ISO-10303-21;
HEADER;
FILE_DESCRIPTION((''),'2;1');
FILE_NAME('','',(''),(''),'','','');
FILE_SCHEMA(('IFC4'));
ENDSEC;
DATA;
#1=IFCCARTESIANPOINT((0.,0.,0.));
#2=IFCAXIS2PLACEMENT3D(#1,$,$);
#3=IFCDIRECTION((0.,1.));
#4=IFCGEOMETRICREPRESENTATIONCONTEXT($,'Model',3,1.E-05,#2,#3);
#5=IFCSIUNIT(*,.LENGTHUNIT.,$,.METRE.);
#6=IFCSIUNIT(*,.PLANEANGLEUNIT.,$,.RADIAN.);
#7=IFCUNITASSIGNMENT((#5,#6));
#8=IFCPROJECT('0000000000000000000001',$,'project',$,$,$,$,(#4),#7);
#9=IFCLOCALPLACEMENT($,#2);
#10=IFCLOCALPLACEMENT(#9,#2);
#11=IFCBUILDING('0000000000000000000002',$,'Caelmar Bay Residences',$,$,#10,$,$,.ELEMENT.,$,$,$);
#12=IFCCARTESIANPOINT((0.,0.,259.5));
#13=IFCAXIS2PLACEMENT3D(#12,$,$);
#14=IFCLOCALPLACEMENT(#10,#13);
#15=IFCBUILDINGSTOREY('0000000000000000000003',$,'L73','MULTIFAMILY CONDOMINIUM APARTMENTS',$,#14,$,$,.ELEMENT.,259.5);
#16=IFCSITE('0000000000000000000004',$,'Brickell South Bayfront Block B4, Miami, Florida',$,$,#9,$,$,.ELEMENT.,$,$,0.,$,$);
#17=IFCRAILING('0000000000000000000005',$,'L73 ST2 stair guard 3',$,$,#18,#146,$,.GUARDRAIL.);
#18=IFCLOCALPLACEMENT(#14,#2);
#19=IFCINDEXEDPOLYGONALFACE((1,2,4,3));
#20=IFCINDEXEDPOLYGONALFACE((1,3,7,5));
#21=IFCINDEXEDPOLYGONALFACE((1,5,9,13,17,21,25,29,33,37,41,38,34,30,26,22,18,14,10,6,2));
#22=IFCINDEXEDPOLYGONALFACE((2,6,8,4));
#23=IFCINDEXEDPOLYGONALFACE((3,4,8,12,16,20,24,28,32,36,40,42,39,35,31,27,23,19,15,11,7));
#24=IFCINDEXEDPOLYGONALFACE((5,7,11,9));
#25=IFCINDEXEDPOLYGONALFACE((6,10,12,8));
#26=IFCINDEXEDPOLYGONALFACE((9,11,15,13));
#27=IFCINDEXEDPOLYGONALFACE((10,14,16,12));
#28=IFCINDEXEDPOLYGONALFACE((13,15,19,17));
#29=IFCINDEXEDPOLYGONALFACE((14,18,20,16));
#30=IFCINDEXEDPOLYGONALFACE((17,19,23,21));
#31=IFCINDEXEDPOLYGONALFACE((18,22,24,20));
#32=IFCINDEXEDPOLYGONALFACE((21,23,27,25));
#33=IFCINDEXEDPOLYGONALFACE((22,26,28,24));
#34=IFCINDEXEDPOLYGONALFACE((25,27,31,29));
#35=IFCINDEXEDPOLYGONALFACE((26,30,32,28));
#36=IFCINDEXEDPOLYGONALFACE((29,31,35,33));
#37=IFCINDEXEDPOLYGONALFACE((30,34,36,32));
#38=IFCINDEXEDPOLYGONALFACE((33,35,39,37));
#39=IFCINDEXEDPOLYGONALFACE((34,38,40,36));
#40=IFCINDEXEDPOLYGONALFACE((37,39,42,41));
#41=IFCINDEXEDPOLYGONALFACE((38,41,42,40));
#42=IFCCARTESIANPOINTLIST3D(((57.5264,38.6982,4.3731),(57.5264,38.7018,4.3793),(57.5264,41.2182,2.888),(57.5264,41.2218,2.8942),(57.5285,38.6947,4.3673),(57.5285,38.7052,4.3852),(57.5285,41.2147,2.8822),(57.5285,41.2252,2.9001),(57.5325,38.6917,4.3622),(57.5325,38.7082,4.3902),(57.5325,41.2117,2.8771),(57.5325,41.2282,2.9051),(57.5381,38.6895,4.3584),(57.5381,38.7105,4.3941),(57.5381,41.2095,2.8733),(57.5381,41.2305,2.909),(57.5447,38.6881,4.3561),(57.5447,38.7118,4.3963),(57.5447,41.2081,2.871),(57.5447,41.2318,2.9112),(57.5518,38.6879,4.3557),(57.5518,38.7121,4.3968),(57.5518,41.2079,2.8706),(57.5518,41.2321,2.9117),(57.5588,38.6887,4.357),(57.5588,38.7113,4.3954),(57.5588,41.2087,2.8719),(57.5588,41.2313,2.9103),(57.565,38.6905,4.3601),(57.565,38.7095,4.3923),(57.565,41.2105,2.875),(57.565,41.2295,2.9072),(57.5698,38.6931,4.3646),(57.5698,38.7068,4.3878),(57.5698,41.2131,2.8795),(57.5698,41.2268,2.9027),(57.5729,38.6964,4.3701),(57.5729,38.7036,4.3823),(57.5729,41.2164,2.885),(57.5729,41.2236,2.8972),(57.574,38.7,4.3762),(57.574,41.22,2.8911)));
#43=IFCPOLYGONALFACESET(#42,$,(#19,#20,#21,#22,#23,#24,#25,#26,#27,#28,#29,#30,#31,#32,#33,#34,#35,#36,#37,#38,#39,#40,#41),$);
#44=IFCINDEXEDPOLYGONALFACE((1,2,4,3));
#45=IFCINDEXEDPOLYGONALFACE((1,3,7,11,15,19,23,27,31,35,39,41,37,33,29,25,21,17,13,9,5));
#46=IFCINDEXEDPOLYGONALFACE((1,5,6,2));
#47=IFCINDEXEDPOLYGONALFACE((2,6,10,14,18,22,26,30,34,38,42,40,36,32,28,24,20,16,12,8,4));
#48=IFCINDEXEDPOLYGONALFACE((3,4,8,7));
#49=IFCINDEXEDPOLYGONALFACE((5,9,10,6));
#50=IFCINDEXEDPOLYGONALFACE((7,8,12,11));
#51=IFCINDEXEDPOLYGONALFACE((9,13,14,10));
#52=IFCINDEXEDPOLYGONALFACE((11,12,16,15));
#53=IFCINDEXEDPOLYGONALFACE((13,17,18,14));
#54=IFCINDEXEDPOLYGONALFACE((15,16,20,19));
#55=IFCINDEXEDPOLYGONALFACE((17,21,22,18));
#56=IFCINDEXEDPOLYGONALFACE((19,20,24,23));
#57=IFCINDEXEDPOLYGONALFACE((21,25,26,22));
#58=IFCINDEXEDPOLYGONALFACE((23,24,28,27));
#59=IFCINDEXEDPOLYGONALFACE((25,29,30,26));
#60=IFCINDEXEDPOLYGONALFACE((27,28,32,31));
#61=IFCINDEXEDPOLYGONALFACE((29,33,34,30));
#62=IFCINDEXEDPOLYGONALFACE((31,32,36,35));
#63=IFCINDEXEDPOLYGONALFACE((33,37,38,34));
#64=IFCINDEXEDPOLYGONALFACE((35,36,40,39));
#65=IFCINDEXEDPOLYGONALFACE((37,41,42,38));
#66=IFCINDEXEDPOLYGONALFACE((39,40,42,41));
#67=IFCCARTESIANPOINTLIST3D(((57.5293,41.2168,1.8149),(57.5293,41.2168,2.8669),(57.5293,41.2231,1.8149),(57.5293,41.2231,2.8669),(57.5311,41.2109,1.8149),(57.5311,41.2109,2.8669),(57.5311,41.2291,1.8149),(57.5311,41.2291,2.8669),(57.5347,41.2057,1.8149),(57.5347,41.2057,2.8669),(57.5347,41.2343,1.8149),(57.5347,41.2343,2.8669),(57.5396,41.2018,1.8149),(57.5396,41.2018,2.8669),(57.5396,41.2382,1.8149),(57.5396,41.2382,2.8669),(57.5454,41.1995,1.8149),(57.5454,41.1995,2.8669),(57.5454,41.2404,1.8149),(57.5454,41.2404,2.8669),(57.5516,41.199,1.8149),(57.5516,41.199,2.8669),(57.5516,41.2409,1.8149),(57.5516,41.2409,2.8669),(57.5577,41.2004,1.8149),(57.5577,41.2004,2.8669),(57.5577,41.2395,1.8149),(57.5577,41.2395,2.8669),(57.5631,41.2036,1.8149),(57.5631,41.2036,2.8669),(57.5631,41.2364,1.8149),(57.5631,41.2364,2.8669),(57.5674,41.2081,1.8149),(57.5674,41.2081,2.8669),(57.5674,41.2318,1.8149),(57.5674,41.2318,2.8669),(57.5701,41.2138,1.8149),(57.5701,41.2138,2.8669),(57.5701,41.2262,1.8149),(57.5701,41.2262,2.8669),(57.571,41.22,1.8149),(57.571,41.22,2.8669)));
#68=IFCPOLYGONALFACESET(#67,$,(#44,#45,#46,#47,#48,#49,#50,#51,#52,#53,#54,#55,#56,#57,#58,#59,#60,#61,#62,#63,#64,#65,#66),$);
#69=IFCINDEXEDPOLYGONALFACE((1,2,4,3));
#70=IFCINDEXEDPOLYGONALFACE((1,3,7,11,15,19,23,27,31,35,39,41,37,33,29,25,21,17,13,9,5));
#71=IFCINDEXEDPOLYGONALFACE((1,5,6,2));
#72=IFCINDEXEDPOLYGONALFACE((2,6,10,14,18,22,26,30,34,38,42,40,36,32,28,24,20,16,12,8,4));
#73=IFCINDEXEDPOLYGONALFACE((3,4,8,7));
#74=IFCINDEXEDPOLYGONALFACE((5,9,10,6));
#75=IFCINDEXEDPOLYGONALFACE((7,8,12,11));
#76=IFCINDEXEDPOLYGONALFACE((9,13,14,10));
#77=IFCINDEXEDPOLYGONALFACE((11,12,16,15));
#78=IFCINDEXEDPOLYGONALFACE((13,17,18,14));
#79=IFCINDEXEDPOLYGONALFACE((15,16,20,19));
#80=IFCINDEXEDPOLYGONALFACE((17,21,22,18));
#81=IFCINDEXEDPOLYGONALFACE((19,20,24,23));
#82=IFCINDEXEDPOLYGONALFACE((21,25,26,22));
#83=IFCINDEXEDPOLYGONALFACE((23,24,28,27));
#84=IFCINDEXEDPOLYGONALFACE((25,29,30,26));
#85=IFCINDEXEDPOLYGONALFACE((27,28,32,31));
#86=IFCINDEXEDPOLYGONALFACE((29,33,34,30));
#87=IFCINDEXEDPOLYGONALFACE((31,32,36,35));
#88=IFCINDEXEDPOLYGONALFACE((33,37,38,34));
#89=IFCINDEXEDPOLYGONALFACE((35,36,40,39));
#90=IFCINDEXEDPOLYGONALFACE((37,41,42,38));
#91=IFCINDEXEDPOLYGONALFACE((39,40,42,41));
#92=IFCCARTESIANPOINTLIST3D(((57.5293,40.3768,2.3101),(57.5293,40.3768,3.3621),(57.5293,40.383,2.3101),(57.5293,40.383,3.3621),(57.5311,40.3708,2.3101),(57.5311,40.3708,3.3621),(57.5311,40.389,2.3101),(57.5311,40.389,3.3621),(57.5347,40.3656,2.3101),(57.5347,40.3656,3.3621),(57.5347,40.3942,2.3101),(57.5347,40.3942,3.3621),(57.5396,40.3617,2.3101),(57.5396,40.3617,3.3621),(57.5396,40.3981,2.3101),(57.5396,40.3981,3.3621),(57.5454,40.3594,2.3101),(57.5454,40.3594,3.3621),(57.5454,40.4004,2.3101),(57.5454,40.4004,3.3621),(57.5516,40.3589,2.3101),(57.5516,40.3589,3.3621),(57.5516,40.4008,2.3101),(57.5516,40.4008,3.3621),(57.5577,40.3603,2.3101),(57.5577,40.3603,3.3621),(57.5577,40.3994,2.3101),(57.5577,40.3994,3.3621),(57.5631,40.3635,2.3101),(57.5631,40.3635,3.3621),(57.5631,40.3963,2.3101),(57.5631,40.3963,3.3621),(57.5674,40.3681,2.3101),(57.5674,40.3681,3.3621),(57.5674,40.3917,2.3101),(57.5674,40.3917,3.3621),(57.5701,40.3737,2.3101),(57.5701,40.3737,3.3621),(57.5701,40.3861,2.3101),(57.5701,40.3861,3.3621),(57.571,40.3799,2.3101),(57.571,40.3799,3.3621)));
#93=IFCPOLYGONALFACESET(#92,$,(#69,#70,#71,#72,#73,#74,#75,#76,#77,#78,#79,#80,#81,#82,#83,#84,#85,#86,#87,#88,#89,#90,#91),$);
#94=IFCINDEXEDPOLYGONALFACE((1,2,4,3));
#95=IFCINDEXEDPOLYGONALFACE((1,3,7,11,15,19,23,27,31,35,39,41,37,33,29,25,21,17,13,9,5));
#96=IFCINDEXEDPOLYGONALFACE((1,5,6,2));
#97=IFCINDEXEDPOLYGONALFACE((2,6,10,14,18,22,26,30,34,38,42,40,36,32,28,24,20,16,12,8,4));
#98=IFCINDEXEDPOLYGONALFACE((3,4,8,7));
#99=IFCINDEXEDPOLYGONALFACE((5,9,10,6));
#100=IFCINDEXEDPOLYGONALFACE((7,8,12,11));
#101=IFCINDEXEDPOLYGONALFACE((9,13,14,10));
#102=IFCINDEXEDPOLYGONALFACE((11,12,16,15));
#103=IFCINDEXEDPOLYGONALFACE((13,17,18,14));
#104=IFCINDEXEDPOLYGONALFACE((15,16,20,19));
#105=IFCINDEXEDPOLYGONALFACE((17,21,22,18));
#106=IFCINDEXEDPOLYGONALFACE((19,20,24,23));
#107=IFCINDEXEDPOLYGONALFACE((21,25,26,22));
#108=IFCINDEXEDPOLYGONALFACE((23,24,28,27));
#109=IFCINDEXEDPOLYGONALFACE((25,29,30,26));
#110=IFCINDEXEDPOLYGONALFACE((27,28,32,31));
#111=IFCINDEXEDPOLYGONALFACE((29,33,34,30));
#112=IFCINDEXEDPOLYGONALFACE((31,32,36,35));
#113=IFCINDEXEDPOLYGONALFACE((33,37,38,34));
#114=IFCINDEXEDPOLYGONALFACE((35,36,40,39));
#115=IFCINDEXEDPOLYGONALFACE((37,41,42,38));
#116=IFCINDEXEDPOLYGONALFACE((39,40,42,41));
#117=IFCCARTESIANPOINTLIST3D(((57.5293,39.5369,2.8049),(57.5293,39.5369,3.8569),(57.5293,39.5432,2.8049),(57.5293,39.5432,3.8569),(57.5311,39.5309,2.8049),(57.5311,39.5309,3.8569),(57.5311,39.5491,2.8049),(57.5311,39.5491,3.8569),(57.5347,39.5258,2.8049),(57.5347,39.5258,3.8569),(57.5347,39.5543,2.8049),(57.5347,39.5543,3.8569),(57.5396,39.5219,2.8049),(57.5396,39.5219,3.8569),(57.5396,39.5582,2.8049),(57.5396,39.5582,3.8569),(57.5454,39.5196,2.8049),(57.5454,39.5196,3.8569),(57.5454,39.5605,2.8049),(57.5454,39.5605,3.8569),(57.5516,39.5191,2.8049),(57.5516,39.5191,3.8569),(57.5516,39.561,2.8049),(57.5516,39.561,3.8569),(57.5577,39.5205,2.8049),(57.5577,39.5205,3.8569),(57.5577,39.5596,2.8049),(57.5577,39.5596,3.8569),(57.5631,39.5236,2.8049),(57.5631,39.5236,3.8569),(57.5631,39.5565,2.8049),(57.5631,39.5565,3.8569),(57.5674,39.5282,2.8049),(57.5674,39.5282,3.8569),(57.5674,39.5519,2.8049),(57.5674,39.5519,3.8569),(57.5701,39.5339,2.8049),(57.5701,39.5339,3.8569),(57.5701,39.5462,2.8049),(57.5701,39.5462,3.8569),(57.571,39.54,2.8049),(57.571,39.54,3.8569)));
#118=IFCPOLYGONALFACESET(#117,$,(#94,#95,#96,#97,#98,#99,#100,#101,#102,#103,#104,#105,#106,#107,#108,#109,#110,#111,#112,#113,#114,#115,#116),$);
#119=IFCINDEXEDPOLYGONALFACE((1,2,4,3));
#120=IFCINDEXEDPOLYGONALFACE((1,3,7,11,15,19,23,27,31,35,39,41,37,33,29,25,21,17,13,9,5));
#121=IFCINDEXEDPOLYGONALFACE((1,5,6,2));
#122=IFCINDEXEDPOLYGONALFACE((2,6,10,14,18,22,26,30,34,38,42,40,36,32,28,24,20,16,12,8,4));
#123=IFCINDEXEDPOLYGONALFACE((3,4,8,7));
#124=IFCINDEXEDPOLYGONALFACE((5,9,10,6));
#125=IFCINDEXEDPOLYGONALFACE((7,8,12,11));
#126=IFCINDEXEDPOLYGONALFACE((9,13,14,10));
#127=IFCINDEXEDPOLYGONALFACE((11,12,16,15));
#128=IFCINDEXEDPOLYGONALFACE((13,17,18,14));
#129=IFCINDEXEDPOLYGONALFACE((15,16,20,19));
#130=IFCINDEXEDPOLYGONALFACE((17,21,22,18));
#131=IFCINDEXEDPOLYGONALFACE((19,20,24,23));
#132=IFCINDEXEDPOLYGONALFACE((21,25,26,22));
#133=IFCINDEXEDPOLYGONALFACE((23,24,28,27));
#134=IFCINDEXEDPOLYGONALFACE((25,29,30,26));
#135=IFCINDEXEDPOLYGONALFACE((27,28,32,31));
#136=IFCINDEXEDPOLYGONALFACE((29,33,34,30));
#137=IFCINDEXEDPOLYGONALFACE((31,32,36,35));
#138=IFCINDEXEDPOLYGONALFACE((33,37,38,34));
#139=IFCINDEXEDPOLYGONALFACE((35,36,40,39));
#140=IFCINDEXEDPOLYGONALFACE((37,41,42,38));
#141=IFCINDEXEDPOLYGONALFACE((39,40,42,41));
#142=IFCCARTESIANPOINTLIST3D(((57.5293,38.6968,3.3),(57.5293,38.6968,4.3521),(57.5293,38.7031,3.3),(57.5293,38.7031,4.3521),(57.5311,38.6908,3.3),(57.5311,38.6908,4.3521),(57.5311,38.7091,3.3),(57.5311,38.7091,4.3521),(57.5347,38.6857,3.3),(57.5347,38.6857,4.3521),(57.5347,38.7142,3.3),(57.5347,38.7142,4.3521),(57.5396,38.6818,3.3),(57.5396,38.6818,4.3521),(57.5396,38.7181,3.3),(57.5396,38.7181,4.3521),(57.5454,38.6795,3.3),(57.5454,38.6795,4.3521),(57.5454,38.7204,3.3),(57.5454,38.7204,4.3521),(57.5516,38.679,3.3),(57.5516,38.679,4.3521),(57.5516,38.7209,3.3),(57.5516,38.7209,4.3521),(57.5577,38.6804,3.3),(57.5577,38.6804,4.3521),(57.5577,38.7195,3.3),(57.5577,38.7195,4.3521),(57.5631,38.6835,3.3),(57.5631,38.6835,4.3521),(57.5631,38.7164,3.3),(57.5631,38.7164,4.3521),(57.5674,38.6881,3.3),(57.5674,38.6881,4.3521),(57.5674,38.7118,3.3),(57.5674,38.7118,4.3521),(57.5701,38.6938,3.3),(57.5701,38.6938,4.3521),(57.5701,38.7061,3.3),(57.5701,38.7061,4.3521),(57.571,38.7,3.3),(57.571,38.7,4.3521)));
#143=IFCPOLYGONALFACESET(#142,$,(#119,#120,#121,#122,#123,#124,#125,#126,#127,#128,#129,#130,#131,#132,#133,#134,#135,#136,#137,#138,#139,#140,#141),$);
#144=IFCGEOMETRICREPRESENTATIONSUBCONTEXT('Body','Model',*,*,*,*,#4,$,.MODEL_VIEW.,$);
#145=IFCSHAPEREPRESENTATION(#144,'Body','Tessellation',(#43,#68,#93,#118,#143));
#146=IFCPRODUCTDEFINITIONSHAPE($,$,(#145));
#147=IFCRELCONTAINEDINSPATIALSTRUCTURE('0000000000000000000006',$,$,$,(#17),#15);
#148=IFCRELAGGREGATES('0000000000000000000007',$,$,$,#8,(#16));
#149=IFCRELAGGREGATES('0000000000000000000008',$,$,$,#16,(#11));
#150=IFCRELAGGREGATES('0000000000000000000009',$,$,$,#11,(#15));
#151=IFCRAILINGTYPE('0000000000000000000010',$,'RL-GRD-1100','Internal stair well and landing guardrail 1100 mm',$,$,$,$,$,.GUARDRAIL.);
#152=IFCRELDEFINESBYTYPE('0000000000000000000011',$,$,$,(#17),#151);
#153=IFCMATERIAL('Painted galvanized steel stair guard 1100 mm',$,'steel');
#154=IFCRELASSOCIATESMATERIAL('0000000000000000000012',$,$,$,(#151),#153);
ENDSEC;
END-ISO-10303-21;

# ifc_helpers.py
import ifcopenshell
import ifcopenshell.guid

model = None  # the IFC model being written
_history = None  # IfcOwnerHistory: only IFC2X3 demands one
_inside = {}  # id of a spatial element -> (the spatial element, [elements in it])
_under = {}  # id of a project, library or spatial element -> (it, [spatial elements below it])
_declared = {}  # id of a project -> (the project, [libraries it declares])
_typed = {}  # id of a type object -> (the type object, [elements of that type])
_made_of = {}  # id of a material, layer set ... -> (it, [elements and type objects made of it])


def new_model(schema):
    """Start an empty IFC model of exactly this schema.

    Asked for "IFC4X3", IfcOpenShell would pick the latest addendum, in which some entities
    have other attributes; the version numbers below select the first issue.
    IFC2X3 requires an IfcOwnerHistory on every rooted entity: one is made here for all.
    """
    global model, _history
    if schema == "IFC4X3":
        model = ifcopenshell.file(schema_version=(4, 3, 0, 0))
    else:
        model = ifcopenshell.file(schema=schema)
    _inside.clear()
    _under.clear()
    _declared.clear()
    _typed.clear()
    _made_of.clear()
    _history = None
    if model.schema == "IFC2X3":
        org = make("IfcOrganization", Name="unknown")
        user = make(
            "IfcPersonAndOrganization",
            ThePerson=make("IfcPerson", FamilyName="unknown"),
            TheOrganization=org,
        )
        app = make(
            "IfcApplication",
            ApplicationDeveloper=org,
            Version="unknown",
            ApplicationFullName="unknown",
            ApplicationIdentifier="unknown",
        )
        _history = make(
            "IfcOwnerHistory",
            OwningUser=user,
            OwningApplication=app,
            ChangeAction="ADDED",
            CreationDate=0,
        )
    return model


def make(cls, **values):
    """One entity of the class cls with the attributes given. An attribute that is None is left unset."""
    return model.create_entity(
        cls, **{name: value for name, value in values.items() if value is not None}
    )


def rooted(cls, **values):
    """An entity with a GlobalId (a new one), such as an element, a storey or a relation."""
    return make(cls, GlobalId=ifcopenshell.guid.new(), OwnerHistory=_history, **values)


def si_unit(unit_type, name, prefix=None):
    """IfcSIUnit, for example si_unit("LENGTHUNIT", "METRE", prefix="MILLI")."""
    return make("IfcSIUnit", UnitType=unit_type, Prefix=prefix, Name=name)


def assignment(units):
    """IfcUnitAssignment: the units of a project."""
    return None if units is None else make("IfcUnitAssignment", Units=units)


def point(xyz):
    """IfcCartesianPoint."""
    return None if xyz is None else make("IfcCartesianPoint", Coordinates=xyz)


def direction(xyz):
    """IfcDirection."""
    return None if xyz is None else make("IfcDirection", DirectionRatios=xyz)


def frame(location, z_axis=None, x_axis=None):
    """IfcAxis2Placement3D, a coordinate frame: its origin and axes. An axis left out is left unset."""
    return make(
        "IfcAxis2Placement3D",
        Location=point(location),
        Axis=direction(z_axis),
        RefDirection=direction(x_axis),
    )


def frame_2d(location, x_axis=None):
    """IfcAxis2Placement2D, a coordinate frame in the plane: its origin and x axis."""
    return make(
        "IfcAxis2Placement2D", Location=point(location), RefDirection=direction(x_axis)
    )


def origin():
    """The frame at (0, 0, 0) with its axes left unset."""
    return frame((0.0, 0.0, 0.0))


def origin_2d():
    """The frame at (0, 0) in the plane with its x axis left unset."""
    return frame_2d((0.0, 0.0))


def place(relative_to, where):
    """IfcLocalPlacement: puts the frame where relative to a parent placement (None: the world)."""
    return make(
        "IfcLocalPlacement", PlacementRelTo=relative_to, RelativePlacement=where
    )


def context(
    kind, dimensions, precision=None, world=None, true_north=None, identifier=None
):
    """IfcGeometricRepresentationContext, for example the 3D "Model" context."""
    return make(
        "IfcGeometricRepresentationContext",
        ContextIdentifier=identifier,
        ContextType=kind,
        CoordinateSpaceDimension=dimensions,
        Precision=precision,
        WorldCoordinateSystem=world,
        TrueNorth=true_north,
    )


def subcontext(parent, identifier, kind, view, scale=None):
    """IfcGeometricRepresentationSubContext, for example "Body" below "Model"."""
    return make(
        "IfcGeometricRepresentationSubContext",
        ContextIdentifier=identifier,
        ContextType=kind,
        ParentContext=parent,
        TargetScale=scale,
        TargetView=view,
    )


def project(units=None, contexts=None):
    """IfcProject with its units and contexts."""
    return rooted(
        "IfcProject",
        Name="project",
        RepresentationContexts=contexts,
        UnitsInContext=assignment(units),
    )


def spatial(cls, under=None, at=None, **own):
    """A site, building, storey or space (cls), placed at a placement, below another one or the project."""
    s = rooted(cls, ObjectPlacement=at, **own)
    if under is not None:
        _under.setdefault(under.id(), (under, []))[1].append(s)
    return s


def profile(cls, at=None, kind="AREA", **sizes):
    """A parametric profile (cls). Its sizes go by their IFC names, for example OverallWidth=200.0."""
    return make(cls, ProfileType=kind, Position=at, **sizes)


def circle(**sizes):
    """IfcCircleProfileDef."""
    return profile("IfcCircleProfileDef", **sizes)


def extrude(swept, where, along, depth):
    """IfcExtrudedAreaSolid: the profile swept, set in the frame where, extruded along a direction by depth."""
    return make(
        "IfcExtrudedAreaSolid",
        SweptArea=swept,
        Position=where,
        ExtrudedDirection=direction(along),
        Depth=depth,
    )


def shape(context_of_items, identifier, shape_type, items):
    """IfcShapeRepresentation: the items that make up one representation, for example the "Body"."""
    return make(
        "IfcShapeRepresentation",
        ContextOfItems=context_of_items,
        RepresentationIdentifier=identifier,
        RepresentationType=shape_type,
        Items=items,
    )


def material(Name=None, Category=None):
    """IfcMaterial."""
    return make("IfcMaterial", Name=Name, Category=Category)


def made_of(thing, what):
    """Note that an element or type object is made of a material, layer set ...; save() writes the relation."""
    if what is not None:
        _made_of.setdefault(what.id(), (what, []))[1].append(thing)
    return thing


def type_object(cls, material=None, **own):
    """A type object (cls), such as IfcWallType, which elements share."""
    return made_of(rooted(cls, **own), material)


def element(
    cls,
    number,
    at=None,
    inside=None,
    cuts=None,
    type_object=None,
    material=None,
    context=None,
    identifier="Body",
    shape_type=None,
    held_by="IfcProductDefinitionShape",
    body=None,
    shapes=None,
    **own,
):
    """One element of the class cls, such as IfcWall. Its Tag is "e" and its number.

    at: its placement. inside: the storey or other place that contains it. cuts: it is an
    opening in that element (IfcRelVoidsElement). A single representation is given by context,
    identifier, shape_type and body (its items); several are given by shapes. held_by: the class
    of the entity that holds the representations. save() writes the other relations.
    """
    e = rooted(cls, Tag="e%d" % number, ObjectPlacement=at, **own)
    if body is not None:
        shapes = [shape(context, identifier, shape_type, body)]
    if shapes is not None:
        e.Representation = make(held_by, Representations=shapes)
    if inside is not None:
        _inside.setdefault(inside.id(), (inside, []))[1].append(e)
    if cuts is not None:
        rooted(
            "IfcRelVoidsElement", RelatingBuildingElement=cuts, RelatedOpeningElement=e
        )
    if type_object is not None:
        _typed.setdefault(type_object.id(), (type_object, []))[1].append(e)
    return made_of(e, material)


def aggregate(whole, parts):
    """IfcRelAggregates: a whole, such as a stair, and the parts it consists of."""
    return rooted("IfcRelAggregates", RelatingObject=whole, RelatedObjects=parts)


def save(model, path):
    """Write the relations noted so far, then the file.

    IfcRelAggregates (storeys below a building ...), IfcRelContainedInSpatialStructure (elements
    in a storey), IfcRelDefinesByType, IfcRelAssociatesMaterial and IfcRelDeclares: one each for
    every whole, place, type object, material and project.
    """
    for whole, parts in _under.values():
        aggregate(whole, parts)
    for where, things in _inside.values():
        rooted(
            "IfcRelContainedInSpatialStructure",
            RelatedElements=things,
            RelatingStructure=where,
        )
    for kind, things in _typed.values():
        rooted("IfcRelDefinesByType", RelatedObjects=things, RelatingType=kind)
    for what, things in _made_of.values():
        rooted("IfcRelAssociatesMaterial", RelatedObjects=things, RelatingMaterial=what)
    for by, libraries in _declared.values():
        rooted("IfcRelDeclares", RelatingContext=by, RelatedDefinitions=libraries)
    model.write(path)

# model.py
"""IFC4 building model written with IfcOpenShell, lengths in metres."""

from ifc_helpers import new_model, si_unit, direction, frame, origin, origin_2d, place, context, subcontext, project, spatial, circle, extrude, material, type_object, element, save


model = new_model("IFC4")

# Units and contexts
model_context = context("Model", 3, precision=1e-05, world=origin(), true_north=direction((0.0, 1.0)))
body_context = subcontext(model_context, "Body", "Model", "MODEL_VIEW")
ifc_project = project(units=[si_unit("LENGTHUNIT", "METRE"), si_unit("PLANEANGLEUNIT", "RADIAN")], contexts=[model_context])

# Site, building, storey
site_placement = place(None, origin())
site = spatial("IfcSite", under=ifc_project, at=site_placement, Name="Brickell South Bayfront Block B4, Miami, Florida", CompositionType="ELEMENT", RefElevation=0.0)
building_placement = place(site_placement, origin())
building = spatial("IfcBuilding", under=site, at=building_placement, Name="Caelmar Bay Residences", CompositionType="ELEMENT")
storey_placement = place(building_placement, frame((0.0, 0.0, 259.5)))
storey = spatial("IfcBuildingStorey", under=building, at=storey_placement, Name="L73", Description="MULTIFAMILY CONDOMINIUM APARTMENTS", CompositionType="ELEMENT", Elevation=259.5)

# Railing
ifc_material_1 = material(Name="Painted galvanized steel stair guard 1100 mm", Category="steel")
railing_type_1 = type_object("IfcRailingType", Name="RL-GRD-1100", Description="Internal stair well and landing guardrail 1100 mm", PredefinedType="GUARDRAIL", material=ifc_material_1)
railing_1_placement = place(storey_placement, frame((57.55, 41.22, 1.8149)))
element("IfcRailing", 1, at=railing_1_placement, inside=storey, type_object=railing_type_1, Name="L73 ST2 stair guard 3", PredefinedType="GUARDRAIL", context=body_context, shape_type="SweptSolid", body=[
    extrude(circle(Radius=0.0239, at=origin_2d()), frame((0.0, 0.0, 1.0762), z_axis=(0.0, -0.861524, 0.507717), x_axis=(1.0, 0.0, 0.0)), (0.0, 0.0, 1.0), 2.925),
    extrude(circle(Radius=0.021, at=origin_2d()), origin(), (0.0, 0.0, 1.0), 1.052),
    extrude(circle(Radius=0.021, at=origin_2d()), frame((0.0, -0.8401, 0.4951)), (0.0, 0.0, 1.0), 1.052),
    extrude(circle(Radius=0.021, at=origin_2d()), frame((0.0, -1.6799, 0.99)), (0.0, 0.0, 1.0), 1.052),
    extrude(circle(Radius=0.021, at=origin_2d()), frame((0.0, -2.52, 1.4851)), (0.0, 0.0, 1.0), 1.052),
])

save(model, "model.ifc")
